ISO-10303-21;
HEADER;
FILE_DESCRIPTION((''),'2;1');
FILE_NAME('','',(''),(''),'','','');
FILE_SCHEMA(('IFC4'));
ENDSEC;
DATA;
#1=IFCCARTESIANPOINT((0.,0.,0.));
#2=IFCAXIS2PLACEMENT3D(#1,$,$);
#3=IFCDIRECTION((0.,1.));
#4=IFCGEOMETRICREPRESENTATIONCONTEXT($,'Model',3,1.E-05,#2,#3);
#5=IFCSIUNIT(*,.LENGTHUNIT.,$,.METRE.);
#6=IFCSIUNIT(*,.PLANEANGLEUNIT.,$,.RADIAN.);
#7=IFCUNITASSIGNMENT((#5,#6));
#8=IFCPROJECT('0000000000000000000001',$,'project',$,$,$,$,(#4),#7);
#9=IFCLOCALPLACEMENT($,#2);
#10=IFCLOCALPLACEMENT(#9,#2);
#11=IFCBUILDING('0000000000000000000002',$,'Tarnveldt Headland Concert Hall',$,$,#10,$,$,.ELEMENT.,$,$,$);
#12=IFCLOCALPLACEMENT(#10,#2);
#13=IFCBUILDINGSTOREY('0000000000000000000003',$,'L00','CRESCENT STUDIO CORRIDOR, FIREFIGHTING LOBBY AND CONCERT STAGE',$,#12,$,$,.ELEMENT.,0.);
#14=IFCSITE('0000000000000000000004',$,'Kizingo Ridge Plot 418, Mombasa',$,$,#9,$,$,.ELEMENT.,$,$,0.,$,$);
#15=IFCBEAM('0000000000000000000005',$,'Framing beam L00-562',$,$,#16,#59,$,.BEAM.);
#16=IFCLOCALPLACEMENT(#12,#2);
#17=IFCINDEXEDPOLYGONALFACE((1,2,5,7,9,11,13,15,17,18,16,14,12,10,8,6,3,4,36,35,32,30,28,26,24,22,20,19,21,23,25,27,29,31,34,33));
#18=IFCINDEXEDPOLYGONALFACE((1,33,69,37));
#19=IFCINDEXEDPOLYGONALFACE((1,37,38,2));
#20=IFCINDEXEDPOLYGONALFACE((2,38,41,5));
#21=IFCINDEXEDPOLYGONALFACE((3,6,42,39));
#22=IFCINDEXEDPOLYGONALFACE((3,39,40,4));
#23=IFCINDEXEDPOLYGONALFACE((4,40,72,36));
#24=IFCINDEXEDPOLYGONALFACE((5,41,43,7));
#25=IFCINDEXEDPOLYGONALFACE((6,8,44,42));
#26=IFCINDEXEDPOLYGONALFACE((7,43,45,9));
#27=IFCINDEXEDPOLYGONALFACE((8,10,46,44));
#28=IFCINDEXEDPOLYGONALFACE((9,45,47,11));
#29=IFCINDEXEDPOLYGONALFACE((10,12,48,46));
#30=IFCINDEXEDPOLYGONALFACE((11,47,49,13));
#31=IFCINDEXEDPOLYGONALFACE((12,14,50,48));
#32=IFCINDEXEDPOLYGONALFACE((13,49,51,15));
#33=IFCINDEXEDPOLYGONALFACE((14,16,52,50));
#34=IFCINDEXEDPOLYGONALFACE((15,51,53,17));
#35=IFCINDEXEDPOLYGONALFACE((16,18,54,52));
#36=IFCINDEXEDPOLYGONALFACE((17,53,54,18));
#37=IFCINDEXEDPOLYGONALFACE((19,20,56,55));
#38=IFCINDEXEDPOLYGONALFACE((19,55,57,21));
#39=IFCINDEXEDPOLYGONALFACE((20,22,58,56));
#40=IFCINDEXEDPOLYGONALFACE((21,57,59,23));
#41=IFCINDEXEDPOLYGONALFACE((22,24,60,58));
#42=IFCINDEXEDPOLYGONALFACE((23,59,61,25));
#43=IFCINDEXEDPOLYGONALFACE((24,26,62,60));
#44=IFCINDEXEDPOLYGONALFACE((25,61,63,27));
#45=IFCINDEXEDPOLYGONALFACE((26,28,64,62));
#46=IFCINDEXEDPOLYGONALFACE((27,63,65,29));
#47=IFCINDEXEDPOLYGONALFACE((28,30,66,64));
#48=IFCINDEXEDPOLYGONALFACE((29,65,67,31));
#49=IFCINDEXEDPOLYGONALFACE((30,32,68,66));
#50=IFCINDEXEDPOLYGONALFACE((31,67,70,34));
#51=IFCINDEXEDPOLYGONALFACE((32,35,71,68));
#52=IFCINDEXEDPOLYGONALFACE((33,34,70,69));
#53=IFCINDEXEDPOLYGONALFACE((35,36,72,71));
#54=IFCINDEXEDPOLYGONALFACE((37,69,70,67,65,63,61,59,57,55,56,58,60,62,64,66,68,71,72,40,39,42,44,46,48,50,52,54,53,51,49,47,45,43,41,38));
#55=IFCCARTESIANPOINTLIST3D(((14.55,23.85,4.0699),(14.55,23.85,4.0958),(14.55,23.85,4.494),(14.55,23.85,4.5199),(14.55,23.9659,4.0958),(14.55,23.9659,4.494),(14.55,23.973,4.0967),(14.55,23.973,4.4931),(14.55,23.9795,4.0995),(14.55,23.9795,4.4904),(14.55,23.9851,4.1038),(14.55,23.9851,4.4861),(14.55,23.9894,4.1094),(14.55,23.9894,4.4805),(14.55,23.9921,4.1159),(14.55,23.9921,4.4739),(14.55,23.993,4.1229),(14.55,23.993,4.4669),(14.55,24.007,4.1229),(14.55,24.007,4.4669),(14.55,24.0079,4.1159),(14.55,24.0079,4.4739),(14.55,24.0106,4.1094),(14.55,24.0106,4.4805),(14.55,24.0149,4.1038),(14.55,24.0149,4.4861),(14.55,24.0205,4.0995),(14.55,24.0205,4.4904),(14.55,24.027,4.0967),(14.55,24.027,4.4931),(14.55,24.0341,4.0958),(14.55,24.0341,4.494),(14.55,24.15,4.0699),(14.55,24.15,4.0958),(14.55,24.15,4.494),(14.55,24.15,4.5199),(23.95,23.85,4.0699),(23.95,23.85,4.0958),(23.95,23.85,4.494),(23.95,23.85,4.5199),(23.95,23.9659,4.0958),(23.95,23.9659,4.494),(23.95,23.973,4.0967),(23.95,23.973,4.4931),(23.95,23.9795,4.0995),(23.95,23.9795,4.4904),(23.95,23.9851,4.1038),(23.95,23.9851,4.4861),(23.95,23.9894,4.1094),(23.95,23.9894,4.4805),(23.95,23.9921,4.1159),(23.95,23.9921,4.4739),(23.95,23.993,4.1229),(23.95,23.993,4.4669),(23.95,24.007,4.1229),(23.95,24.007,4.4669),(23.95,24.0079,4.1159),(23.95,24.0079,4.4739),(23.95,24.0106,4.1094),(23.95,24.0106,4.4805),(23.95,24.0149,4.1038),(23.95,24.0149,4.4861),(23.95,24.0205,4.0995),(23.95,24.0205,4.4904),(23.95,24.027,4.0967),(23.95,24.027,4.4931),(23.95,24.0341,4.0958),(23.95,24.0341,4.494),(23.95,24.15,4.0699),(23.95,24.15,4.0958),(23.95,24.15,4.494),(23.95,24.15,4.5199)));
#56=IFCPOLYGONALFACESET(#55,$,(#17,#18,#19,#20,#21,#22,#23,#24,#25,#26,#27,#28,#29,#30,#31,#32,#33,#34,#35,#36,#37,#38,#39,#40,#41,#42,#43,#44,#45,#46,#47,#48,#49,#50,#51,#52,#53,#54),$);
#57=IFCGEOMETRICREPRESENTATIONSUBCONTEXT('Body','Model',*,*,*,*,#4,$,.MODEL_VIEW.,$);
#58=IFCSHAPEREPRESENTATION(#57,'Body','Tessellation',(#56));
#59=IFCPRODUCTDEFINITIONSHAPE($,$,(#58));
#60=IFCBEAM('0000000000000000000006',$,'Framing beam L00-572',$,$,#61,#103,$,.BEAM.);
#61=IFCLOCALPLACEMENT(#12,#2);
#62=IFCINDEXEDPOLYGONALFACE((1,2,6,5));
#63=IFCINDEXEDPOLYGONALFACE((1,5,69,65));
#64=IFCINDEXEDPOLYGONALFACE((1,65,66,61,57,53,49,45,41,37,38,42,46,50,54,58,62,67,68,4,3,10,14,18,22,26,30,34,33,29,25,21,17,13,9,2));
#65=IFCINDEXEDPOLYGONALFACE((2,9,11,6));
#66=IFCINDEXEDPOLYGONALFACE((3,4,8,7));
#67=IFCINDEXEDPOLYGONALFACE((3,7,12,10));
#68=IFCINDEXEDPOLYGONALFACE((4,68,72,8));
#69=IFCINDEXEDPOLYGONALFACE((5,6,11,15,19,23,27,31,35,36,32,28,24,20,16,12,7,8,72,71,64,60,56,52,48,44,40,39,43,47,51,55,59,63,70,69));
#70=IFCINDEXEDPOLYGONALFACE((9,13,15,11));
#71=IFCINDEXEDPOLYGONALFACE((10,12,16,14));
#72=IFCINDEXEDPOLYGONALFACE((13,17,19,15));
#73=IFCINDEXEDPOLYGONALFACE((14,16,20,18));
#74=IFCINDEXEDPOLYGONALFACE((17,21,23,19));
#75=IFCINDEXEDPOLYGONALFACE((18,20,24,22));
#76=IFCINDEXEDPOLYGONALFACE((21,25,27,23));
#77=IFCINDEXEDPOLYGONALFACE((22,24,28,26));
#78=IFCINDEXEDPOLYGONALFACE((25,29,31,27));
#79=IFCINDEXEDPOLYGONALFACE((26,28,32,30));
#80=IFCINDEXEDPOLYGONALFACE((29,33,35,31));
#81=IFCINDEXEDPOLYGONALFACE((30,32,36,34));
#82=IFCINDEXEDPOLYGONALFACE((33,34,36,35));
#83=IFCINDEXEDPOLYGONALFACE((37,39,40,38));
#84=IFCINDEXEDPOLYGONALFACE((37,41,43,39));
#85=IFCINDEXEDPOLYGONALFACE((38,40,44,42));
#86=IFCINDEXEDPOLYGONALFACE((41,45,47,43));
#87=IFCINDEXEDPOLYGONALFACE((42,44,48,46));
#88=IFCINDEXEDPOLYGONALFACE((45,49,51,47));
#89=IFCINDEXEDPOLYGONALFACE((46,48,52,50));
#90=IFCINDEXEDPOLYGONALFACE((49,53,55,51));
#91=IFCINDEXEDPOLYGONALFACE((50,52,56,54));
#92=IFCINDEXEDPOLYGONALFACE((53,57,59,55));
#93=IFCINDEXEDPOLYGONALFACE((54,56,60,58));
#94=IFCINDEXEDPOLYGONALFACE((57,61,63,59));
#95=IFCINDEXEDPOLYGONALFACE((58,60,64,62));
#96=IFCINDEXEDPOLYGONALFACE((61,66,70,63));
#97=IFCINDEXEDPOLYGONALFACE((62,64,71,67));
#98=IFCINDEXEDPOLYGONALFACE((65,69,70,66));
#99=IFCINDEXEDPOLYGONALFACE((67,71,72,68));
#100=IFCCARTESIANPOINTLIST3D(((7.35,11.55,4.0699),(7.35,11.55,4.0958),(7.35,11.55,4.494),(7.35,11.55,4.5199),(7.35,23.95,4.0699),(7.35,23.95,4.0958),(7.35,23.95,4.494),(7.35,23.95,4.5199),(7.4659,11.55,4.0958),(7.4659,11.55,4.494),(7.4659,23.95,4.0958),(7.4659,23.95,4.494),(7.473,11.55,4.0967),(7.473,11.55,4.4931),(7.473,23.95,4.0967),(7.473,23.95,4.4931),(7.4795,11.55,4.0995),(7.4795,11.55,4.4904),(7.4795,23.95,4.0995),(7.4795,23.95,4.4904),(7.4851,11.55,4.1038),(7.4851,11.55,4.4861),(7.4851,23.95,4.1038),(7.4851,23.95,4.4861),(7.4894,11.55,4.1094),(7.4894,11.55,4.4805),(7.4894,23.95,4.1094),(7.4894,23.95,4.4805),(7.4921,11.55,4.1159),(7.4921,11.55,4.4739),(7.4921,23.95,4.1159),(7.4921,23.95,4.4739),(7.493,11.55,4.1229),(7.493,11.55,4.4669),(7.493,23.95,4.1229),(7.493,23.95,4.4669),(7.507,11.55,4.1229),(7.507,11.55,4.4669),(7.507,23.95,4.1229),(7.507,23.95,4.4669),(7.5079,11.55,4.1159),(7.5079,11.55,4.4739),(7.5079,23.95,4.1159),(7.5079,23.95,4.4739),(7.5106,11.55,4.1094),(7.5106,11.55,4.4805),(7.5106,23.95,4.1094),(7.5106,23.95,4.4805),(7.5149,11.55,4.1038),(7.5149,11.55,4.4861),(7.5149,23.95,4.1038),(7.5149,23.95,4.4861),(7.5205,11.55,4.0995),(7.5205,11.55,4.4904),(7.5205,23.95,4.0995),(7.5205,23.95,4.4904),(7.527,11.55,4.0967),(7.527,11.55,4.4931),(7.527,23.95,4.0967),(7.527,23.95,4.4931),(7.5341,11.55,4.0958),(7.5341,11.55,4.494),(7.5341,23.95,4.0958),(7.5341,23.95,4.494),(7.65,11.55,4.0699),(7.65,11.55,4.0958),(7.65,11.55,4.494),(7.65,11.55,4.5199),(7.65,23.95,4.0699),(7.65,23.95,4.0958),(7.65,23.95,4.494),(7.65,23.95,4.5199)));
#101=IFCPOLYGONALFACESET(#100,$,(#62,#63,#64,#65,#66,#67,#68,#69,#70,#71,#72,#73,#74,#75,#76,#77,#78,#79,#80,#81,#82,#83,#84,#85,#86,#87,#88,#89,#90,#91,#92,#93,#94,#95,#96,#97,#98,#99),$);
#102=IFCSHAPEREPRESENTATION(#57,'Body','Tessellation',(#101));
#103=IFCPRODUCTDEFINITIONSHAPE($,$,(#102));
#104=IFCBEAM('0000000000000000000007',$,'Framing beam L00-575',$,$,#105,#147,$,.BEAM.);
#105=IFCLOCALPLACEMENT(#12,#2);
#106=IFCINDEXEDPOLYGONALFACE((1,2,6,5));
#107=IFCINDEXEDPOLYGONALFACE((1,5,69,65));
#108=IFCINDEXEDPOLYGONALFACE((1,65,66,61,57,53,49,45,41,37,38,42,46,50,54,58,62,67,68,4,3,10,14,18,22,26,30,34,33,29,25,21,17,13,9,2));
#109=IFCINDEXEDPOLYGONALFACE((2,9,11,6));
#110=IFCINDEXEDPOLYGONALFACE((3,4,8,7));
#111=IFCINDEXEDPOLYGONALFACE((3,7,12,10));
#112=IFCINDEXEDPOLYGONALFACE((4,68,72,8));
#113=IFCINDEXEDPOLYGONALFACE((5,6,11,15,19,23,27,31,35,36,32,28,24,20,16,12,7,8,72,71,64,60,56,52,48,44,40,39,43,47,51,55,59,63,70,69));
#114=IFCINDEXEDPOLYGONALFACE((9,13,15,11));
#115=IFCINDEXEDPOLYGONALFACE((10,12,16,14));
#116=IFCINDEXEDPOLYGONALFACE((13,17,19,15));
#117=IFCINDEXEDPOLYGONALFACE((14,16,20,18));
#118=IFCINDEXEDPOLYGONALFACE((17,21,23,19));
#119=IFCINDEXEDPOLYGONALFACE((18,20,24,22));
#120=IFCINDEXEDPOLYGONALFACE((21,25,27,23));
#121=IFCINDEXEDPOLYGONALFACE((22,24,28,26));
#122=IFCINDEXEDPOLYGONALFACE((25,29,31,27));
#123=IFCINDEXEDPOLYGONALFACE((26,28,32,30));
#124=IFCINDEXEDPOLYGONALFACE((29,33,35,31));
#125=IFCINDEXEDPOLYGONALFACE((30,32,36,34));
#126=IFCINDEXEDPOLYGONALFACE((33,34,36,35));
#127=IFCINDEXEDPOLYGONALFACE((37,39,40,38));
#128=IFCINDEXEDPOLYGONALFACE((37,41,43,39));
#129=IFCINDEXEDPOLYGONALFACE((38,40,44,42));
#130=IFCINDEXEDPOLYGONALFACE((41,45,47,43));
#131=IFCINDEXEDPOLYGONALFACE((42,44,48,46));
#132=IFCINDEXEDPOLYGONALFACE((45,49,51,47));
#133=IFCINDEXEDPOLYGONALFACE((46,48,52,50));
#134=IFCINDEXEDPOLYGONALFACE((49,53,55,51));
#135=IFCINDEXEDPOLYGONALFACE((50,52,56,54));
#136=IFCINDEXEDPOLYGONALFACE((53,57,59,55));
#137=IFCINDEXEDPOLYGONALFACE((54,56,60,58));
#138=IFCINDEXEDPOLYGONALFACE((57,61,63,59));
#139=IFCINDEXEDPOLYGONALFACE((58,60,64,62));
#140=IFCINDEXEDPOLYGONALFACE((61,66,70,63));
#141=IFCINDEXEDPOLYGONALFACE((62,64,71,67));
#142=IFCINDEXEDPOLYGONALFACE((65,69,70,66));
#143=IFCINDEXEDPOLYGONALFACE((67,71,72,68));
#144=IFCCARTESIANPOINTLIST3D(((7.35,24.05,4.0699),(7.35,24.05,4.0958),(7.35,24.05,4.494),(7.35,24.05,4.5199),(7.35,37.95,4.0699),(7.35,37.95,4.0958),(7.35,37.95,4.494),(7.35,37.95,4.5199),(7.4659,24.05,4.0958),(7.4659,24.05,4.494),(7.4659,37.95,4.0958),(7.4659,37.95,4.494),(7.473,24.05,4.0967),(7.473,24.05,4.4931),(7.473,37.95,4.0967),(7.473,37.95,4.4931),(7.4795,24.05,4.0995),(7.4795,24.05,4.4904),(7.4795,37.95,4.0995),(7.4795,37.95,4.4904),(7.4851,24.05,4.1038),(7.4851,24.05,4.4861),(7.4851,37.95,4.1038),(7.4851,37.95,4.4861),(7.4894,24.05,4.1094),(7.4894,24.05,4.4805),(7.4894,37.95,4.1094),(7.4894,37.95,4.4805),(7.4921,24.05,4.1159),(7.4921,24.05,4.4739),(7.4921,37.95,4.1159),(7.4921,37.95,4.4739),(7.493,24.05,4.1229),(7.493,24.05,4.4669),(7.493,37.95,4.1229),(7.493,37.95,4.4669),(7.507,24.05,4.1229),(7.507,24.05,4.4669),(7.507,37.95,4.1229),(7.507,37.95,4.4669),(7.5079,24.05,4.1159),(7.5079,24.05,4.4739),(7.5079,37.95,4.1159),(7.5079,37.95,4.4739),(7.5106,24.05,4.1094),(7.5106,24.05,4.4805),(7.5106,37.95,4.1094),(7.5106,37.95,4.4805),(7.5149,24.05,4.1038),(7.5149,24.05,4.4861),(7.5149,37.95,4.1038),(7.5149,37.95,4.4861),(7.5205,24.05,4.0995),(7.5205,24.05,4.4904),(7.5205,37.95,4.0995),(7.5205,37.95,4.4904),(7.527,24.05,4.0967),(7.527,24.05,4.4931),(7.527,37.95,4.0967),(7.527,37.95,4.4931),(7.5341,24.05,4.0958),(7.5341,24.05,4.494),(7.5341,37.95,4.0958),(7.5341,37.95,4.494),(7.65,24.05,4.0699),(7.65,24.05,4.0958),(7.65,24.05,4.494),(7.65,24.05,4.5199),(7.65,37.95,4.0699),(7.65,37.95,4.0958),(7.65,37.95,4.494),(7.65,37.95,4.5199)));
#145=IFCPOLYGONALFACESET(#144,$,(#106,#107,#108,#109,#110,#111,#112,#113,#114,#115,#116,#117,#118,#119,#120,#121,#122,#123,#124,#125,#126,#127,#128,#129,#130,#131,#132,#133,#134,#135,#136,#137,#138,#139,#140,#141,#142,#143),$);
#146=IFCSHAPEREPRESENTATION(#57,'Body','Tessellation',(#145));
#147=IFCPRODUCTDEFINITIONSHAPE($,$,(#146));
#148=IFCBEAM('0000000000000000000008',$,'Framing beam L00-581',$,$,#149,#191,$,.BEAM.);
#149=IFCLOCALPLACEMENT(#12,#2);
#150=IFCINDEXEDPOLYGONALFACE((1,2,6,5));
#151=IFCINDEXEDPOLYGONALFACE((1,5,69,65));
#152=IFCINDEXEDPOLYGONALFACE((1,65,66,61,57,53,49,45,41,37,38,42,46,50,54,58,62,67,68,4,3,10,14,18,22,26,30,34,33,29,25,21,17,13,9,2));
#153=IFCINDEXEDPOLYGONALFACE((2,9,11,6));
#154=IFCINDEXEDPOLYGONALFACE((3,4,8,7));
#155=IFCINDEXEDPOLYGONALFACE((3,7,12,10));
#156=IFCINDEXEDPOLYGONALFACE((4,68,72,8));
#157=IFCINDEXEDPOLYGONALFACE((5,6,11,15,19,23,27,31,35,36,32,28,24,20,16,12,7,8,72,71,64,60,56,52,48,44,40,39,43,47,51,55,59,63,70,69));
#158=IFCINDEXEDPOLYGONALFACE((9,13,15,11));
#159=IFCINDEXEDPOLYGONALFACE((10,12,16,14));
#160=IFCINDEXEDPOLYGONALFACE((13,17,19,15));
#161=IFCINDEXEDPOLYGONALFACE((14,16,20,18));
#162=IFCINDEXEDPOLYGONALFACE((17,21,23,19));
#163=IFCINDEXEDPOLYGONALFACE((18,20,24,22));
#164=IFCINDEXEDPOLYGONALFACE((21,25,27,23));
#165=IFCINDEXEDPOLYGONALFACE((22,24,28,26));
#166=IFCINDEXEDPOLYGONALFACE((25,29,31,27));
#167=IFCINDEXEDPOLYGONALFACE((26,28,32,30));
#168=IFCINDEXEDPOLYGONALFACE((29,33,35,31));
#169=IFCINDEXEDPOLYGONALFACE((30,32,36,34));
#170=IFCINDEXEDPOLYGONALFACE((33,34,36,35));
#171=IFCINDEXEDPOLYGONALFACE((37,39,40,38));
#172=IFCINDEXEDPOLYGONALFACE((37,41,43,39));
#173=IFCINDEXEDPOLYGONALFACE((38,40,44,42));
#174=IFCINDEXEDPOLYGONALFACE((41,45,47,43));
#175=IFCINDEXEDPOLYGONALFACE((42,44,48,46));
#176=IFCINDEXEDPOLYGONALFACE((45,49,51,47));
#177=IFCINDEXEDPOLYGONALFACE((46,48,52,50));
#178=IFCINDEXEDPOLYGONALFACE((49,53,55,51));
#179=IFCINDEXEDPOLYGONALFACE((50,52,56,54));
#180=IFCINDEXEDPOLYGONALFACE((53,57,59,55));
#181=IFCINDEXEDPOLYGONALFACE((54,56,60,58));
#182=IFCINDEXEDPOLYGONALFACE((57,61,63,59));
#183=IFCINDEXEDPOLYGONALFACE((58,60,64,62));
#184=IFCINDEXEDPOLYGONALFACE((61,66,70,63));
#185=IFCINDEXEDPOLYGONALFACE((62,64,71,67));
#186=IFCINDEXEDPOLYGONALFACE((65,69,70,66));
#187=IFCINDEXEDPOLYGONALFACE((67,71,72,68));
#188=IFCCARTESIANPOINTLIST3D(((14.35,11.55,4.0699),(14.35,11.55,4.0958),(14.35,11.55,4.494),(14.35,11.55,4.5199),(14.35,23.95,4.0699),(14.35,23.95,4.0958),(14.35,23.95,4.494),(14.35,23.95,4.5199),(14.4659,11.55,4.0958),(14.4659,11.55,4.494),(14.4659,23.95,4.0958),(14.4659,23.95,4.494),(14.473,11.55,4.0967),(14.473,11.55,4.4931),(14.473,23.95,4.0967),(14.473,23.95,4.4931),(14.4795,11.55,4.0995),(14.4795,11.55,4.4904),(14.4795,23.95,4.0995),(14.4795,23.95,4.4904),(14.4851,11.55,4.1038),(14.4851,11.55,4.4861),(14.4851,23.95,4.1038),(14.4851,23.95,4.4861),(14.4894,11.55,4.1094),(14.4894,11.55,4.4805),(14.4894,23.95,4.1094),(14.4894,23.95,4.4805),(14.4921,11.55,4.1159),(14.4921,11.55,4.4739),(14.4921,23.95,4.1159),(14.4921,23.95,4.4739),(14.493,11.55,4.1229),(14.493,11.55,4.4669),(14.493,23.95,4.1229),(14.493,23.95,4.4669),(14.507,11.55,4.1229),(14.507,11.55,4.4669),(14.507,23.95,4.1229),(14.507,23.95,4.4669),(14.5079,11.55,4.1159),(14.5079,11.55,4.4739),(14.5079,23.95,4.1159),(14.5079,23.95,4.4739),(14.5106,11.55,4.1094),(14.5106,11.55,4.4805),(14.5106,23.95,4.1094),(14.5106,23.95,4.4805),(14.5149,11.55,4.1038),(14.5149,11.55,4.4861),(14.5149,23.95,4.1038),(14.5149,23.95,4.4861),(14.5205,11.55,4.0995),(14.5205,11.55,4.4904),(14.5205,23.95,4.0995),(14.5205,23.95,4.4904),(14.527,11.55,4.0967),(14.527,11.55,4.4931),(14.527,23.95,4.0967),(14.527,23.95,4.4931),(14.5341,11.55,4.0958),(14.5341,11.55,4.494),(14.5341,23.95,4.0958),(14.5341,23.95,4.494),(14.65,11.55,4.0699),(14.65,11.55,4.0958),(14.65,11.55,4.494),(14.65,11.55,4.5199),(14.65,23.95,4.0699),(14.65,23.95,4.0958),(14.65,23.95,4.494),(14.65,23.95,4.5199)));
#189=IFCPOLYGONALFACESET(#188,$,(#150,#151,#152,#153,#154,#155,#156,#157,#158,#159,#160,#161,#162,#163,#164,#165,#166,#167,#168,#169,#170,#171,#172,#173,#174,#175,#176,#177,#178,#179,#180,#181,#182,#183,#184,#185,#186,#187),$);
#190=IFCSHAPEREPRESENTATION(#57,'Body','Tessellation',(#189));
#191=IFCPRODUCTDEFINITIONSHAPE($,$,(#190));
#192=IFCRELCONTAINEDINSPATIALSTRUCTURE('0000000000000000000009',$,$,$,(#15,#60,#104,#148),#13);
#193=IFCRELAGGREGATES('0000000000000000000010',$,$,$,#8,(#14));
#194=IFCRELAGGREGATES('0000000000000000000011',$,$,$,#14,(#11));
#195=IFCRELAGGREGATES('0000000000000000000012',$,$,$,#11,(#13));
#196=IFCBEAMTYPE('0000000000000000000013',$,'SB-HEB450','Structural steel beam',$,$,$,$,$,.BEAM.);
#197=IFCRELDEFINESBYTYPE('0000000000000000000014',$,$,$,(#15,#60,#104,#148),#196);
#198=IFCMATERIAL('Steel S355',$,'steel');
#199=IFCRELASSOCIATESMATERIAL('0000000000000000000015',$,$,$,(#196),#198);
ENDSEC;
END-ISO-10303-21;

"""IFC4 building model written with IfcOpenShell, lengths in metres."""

from ifc_helpers import new_model, si_unit, direction, frame, origin, origin_2d, place, context, subcontext, project, spatial, i_section, extrude, material, material_profile, profile_set, type_object, element, save


model = new_model("IFC4")

# Units and contexts
model_context = context("Model", 3, precision=1e-05, world=origin(), true_north=direction((0.0, 1.0)))
body_context = subcontext(model_context, "Body", "Model", "MODEL_VIEW")
ifc_project = project(units=[si_unit("LENGTHUNIT", "METRE"), si_unit("PLANEANGLEUNIT", "RADIAN")], contexts=[model_context])

# Site, building, storey
site_placement = place(None, origin())
site = spatial("IfcSite", under=ifc_project, at=site_placement, Name="Kizingo Ridge Plot 418, Mombasa", CompositionType="ELEMENT", RefElevation=0.0)
building_placement = place(site_placement, origin())
building = spatial("IfcBuilding", under=site, at=building_placement, Name="Tarnveldt Headland Concert Hall", CompositionType="ELEMENT")
storey_placement = place(building_placement, origin())
storey = spatial("IfcBuildingStorey", under=building, at=storey_placement, Name="L00", Description="CRESCENT STUDIO CORRIDOR, FIREFIGHTING LOBBY AND CONCERT STAGE", CompositionType="ELEMENT", Elevation=0.0)

# Beams
ifc_material_1 = material(Name="Steel S355", Category="steel")
ifc_material_profile_1 = material_profile(ifc_material_1, i_section(OverallWidth=0.3, OverallDepth=0.45, WebThickness=0.0139, FlangeThickness=0.0259, FilletRadius=0.0271, at=origin_2d()), Name="HEB450", Category="steel")
ifc_profile_set_1 = profile_set([ifc_material_profile_1], Name="Steel S355")
beam_type_1 = type_object("IfcBeamType", Name="SB-HEB450", Description="Structural steel beam", PredefinedType="BEAM", material=ifc_profile_set_1)
beam_1_placement = place(storey_placement, frame((14.55, 24.0, 4.2949), z_axis=(1.0, 0.0, 0.0), x_axis=(0.0, 1.0, 0.0)))
element("IfcBeam", 1, at=beam_1_placement, inside=storey, type_object=beam_type_1, Name="Framing beam L00-562", PredefinedType="BEAM", context=body_context, shape_type="SweptSolid", body=[
    extrude(i_section(OverallWidth=0.3, OverallDepth=0.45, WebThickness=0.0139, FlangeThickness=0.0259, FilletRadius=0.0271, at=origin_2d()), origin(), (0.0, 0.0, 1.0), 9.3999),
])
beam_2_placement = place(storey_placement, frame((7.5, 11.55, 4.2949), z_axis=(0.0, 1.0, 0.0), x_axis=(-1.0, 0.0, 0.0)))
element("IfcBeam", 2, at=beam_2_placement, inside=storey, type_object=beam_type_1, Name="Framing beam L00-572", PredefinedType="BEAM", context=body_context, shape_type="SweptSolid", body=[
    extrude(i_section(OverallWidth=0.3, OverallDepth=0.45, WebThickness=0.0139, FlangeThickness=0.0259, FilletRadius=0.0271, at=origin_2d()), origin(), (0.0, 0.0, 1.0), 12.3999),
])
beam_3_placement = place(storey_placement, frame((7.5, 24.05, 4.2949), z_axis=(0.0, 1.0, 0.0), x_axis=(-1.0, 0.0, 0.0)))
element("IfcBeam", 3, at=beam_3_placement, inside=storey, type_object=beam_type_1, Name="Framing beam L00-575", PredefinedType="BEAM", context=body_context, shape_type="SweptSolid", body=[
    extrude(i_section(OverallWidth=0.3, OverallDepth=0.45, WebThickness=0.0139, FlangeThickness=0.0259, FilletRadius=0.0271, at=origin_2d()), origin(), (0.0, 0.0, 1.0), 13.8999),
])
beam_4_placement = place(storey_placement, frame((14.5, 11.55, 4.2949), z_axis=(0.0, 1.0, 0.0), x_axis=(-1.0, 0.0, 0.0)))
element("IfcBeam", 4, at=beam_4_placement, inside=storey, type_object=beam_type_1, Name="Framing beam L00-581", PredefinedType="BEAM", context=body_context, shape_type="SweptSolid", body=[
    extrude(i_section(OverallWidth=0.3, OverallDepth=0.45, WebThickness=0.0139, FlangeThickness=0.0259, FilletRadius=0.0271, at=origin_2d()), origin(), (0.0, 0.0, 1.0), 12.3999),
])

save(model, "model.ifc")
